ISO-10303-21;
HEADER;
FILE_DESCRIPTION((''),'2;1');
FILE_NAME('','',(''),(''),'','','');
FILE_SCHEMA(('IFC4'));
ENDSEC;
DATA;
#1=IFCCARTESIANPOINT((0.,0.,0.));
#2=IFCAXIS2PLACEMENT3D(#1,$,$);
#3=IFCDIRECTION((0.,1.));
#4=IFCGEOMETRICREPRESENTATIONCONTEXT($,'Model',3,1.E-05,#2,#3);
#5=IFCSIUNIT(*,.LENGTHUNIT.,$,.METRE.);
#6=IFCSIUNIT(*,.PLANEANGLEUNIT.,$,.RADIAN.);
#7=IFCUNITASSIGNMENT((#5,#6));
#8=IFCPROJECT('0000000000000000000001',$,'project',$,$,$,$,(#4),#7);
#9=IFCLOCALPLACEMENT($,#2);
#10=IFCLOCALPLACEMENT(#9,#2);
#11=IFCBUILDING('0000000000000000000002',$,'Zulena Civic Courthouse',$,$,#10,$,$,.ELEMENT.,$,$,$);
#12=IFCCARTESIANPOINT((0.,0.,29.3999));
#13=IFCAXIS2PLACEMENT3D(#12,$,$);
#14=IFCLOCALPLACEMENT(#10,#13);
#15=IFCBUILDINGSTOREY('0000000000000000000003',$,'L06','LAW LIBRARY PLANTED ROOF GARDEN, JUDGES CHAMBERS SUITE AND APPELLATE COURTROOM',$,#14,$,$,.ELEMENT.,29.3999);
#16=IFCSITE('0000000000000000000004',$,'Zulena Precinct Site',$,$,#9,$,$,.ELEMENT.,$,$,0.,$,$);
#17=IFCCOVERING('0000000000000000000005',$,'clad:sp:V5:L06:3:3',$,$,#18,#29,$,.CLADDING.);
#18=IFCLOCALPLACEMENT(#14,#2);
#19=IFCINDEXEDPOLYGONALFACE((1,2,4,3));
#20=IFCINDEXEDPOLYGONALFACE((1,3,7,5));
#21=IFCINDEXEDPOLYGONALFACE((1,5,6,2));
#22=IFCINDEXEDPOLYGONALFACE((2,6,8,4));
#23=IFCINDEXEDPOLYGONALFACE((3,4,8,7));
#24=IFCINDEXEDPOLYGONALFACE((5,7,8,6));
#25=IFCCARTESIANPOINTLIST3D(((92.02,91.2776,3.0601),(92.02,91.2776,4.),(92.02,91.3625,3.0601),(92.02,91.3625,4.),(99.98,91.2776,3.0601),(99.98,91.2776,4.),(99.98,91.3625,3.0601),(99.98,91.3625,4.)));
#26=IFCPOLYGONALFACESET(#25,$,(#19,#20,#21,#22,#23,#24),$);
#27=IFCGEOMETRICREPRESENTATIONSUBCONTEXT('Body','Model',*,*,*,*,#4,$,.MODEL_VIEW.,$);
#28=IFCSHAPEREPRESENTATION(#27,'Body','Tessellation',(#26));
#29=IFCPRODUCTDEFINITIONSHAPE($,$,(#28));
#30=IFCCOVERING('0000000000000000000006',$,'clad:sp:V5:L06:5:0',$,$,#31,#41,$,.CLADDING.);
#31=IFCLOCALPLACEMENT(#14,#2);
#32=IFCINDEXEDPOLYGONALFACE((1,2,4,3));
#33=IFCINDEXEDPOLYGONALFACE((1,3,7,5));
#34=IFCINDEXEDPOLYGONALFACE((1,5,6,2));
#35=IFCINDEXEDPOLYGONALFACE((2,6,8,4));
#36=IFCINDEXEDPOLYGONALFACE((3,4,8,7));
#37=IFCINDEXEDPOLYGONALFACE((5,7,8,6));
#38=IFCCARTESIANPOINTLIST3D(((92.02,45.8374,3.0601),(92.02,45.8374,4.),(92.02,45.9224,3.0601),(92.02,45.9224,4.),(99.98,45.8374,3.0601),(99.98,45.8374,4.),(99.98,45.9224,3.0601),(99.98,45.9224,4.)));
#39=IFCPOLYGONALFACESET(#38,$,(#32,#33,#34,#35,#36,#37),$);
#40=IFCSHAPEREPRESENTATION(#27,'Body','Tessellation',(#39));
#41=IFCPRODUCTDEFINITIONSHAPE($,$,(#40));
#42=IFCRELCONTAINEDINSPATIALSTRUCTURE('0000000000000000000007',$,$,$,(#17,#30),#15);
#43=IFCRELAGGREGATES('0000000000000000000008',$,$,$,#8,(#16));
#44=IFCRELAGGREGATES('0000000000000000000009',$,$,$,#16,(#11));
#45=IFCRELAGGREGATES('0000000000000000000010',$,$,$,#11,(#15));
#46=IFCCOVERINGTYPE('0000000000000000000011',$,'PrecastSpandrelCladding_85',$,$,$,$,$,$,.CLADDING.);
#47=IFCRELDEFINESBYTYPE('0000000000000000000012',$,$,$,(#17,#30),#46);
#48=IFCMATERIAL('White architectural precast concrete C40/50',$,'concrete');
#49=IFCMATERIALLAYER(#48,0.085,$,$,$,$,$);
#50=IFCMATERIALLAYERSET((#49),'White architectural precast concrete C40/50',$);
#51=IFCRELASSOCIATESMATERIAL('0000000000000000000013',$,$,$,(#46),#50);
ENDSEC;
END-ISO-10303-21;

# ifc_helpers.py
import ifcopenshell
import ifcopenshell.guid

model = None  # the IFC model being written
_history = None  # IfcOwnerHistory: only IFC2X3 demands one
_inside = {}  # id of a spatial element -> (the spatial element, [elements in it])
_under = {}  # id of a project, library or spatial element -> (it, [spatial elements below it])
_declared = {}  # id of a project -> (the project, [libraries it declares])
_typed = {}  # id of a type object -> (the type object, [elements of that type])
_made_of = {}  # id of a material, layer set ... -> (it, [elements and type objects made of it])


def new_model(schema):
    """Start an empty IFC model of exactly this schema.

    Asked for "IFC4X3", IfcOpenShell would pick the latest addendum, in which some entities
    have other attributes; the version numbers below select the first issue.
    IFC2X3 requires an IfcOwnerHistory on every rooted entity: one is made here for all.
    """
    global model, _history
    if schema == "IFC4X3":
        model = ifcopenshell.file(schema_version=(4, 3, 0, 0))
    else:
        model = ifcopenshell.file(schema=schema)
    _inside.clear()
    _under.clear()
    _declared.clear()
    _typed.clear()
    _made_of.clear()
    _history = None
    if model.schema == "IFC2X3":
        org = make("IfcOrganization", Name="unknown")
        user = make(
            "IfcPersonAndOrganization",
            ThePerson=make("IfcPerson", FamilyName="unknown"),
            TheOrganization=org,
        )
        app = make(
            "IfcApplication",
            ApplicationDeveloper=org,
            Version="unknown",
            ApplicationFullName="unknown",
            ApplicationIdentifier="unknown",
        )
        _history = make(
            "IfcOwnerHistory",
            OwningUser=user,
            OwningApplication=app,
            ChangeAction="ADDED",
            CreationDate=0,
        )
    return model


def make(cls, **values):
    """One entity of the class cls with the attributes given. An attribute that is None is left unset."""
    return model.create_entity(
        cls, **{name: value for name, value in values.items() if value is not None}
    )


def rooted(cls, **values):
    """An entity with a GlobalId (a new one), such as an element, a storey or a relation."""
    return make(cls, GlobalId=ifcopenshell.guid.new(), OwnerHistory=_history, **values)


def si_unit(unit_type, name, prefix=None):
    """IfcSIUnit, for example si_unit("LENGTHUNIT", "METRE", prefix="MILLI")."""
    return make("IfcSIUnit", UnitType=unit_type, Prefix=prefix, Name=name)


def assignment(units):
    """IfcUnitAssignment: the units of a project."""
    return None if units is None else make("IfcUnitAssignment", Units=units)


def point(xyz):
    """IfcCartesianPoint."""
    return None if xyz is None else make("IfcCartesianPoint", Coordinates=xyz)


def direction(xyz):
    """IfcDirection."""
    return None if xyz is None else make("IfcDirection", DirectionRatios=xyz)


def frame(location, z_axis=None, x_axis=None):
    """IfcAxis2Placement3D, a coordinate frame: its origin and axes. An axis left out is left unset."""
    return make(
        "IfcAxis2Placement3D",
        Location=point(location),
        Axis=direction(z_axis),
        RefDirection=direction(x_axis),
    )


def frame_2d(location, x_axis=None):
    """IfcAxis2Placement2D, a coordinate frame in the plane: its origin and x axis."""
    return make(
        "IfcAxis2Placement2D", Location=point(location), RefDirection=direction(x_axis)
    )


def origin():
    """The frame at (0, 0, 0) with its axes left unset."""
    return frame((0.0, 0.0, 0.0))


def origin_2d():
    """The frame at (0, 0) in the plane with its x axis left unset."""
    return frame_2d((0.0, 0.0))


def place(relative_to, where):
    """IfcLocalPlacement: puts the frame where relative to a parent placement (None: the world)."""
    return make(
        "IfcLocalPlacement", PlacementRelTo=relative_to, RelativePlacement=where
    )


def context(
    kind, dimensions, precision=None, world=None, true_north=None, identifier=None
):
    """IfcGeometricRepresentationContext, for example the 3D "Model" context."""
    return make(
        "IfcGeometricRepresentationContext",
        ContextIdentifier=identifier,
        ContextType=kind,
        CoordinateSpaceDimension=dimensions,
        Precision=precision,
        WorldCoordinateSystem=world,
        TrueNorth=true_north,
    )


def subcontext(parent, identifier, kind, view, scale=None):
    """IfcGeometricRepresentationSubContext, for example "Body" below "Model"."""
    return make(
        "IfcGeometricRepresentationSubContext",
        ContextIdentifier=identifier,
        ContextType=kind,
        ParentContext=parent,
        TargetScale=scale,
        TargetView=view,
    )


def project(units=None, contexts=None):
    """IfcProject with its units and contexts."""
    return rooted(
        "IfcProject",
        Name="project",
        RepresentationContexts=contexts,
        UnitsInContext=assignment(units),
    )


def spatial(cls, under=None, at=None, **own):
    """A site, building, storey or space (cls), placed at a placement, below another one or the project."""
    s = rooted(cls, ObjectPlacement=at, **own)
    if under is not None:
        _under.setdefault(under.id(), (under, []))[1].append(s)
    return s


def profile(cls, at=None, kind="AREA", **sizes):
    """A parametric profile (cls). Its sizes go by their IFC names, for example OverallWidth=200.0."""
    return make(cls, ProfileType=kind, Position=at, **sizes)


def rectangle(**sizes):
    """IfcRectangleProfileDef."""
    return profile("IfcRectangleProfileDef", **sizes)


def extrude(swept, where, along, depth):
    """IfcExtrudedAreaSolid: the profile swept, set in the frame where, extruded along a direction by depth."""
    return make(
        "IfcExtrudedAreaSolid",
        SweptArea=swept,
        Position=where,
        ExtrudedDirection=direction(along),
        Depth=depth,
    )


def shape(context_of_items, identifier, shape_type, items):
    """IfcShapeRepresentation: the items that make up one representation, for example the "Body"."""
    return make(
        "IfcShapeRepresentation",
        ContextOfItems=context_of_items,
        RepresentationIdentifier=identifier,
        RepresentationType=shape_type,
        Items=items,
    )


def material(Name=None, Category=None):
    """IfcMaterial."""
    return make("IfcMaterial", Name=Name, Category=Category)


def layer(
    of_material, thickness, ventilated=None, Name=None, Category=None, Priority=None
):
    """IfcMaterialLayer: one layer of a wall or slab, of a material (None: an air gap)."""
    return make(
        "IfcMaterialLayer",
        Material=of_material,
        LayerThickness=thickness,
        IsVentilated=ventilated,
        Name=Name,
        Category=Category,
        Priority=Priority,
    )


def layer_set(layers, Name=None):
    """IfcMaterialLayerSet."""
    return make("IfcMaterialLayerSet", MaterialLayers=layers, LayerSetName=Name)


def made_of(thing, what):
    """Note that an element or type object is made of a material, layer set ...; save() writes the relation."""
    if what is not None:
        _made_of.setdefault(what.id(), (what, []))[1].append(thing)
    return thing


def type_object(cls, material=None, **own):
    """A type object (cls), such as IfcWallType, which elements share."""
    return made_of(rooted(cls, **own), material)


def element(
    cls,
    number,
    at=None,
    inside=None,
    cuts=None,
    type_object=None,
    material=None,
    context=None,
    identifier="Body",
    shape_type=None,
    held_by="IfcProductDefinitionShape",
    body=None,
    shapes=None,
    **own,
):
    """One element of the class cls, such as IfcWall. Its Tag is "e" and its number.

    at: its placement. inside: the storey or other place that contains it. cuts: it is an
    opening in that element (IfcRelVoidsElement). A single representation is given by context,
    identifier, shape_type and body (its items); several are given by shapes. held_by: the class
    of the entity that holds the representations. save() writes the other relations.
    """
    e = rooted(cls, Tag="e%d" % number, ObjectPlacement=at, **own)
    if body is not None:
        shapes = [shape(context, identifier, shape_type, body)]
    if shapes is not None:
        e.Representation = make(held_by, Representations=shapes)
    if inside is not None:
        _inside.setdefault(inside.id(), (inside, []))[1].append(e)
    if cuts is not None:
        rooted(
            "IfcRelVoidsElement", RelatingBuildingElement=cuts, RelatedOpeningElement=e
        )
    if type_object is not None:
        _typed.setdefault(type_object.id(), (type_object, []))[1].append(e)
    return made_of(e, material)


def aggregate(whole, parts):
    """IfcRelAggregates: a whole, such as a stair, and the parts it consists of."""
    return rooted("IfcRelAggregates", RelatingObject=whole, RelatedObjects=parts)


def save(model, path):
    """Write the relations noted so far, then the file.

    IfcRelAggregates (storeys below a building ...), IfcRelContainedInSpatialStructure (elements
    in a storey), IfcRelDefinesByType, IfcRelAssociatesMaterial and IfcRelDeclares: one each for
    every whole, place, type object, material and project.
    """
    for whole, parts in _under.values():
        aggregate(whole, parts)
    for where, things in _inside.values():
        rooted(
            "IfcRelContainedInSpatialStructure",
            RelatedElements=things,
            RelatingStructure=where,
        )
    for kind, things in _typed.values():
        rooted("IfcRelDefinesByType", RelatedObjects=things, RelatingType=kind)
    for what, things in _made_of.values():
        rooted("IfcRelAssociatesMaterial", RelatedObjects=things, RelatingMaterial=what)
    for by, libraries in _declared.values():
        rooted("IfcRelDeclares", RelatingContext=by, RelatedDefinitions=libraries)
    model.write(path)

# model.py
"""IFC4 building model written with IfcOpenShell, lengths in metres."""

from ifc_helpers import new_model, si_unit, direction, frame, origin, origin_2d, place, context, subcontext, project, spatial, rectangle, extrude, material, layer, layer_set, type_object, element, save


model = new_model("IFC4")

# Units and contexts
model_context = context("Model", 3, precision=1e-05, world=origin(), true_north=direction((0.0, 1.0)))
body_context = subcontext(model_context, "Body", "Model", "MODEL_VIEW")
ifc_project = project(units=[si_unit("LENGTHUNIT", "METRE"), si_unit("PLANEANGLEUNIT", "RADIAN")], contexts=[model_context])

# Site, building, storey
site_placement = place(None, origin())
site = spatial("IfcSite", under=ifc_project, at=site_placement, Name="Zulena Precinct Site", CompositionType="ELEMENT", RefElevation=0.0)
building_placement = place(site_placement, origin())
building = spatial("IfcBuilding", under=site, at=building_placement, Name="Zulena Civic Courthouse", CompositionType="ELEMENT")
storey_placement = place(building_placement, frame((0.0, 0.0, 29.3999)))
storey = spatial("IfcBuildingStorey", under=building, at=storey_placement, Name="L06", Description="LAW LIBRARY PLANTED ROOF GARDEN, JUDGES CHAMBERS SUITE AND APPELLATE COURTROOM", CompositionType="ELEMENT", Elevation=29.3999)

# Coverings
ifc_material_1 = material(Name="White architectural precast concrete C40/50", Category="concrete")
ifc_layer = layer(ifc_material_1, 0.085)
ifc_layer_set = layer_set([ifc_layer], Name="White architectural precast concrete C40/50")
covering_type = type_object("IfcCoveringType", Name="PrecastSpandrelCladding_85", PredefinedType="CLADDING", material=ifc_layer_set)
for number, where, z_axis, x_axis, name in (
    (1, (96.0, 91.3201, 3.0601), (0.0, 0.0, 1.0), (1.0, 0.0, 0.0), "clad:sp:V5:L06:3:3"),
    (2, (96.0, 45.8799, 3.0601), (0.0, 0.0, 1.0), (-1.0, 0.0, 0.0), "clad:sp:V5:L06:5:0"),
):
    element("IfcCovering", number, at=place(storey_placement, frame(where, z_axis=z_axis, x_axis=x_axis)), inside=storey, type_object=covering_type, Name=name, PredefinedType="CLADDING", context=body_context, shape_type="SweptSolid", body=[
        extrude(rectangle(XDim=7.96, YDim=0.085, at=origin_2d()), origin(), (0.0, 0.0, 1.0), 0.9399),
    ])

save(model, "model.ifc")
